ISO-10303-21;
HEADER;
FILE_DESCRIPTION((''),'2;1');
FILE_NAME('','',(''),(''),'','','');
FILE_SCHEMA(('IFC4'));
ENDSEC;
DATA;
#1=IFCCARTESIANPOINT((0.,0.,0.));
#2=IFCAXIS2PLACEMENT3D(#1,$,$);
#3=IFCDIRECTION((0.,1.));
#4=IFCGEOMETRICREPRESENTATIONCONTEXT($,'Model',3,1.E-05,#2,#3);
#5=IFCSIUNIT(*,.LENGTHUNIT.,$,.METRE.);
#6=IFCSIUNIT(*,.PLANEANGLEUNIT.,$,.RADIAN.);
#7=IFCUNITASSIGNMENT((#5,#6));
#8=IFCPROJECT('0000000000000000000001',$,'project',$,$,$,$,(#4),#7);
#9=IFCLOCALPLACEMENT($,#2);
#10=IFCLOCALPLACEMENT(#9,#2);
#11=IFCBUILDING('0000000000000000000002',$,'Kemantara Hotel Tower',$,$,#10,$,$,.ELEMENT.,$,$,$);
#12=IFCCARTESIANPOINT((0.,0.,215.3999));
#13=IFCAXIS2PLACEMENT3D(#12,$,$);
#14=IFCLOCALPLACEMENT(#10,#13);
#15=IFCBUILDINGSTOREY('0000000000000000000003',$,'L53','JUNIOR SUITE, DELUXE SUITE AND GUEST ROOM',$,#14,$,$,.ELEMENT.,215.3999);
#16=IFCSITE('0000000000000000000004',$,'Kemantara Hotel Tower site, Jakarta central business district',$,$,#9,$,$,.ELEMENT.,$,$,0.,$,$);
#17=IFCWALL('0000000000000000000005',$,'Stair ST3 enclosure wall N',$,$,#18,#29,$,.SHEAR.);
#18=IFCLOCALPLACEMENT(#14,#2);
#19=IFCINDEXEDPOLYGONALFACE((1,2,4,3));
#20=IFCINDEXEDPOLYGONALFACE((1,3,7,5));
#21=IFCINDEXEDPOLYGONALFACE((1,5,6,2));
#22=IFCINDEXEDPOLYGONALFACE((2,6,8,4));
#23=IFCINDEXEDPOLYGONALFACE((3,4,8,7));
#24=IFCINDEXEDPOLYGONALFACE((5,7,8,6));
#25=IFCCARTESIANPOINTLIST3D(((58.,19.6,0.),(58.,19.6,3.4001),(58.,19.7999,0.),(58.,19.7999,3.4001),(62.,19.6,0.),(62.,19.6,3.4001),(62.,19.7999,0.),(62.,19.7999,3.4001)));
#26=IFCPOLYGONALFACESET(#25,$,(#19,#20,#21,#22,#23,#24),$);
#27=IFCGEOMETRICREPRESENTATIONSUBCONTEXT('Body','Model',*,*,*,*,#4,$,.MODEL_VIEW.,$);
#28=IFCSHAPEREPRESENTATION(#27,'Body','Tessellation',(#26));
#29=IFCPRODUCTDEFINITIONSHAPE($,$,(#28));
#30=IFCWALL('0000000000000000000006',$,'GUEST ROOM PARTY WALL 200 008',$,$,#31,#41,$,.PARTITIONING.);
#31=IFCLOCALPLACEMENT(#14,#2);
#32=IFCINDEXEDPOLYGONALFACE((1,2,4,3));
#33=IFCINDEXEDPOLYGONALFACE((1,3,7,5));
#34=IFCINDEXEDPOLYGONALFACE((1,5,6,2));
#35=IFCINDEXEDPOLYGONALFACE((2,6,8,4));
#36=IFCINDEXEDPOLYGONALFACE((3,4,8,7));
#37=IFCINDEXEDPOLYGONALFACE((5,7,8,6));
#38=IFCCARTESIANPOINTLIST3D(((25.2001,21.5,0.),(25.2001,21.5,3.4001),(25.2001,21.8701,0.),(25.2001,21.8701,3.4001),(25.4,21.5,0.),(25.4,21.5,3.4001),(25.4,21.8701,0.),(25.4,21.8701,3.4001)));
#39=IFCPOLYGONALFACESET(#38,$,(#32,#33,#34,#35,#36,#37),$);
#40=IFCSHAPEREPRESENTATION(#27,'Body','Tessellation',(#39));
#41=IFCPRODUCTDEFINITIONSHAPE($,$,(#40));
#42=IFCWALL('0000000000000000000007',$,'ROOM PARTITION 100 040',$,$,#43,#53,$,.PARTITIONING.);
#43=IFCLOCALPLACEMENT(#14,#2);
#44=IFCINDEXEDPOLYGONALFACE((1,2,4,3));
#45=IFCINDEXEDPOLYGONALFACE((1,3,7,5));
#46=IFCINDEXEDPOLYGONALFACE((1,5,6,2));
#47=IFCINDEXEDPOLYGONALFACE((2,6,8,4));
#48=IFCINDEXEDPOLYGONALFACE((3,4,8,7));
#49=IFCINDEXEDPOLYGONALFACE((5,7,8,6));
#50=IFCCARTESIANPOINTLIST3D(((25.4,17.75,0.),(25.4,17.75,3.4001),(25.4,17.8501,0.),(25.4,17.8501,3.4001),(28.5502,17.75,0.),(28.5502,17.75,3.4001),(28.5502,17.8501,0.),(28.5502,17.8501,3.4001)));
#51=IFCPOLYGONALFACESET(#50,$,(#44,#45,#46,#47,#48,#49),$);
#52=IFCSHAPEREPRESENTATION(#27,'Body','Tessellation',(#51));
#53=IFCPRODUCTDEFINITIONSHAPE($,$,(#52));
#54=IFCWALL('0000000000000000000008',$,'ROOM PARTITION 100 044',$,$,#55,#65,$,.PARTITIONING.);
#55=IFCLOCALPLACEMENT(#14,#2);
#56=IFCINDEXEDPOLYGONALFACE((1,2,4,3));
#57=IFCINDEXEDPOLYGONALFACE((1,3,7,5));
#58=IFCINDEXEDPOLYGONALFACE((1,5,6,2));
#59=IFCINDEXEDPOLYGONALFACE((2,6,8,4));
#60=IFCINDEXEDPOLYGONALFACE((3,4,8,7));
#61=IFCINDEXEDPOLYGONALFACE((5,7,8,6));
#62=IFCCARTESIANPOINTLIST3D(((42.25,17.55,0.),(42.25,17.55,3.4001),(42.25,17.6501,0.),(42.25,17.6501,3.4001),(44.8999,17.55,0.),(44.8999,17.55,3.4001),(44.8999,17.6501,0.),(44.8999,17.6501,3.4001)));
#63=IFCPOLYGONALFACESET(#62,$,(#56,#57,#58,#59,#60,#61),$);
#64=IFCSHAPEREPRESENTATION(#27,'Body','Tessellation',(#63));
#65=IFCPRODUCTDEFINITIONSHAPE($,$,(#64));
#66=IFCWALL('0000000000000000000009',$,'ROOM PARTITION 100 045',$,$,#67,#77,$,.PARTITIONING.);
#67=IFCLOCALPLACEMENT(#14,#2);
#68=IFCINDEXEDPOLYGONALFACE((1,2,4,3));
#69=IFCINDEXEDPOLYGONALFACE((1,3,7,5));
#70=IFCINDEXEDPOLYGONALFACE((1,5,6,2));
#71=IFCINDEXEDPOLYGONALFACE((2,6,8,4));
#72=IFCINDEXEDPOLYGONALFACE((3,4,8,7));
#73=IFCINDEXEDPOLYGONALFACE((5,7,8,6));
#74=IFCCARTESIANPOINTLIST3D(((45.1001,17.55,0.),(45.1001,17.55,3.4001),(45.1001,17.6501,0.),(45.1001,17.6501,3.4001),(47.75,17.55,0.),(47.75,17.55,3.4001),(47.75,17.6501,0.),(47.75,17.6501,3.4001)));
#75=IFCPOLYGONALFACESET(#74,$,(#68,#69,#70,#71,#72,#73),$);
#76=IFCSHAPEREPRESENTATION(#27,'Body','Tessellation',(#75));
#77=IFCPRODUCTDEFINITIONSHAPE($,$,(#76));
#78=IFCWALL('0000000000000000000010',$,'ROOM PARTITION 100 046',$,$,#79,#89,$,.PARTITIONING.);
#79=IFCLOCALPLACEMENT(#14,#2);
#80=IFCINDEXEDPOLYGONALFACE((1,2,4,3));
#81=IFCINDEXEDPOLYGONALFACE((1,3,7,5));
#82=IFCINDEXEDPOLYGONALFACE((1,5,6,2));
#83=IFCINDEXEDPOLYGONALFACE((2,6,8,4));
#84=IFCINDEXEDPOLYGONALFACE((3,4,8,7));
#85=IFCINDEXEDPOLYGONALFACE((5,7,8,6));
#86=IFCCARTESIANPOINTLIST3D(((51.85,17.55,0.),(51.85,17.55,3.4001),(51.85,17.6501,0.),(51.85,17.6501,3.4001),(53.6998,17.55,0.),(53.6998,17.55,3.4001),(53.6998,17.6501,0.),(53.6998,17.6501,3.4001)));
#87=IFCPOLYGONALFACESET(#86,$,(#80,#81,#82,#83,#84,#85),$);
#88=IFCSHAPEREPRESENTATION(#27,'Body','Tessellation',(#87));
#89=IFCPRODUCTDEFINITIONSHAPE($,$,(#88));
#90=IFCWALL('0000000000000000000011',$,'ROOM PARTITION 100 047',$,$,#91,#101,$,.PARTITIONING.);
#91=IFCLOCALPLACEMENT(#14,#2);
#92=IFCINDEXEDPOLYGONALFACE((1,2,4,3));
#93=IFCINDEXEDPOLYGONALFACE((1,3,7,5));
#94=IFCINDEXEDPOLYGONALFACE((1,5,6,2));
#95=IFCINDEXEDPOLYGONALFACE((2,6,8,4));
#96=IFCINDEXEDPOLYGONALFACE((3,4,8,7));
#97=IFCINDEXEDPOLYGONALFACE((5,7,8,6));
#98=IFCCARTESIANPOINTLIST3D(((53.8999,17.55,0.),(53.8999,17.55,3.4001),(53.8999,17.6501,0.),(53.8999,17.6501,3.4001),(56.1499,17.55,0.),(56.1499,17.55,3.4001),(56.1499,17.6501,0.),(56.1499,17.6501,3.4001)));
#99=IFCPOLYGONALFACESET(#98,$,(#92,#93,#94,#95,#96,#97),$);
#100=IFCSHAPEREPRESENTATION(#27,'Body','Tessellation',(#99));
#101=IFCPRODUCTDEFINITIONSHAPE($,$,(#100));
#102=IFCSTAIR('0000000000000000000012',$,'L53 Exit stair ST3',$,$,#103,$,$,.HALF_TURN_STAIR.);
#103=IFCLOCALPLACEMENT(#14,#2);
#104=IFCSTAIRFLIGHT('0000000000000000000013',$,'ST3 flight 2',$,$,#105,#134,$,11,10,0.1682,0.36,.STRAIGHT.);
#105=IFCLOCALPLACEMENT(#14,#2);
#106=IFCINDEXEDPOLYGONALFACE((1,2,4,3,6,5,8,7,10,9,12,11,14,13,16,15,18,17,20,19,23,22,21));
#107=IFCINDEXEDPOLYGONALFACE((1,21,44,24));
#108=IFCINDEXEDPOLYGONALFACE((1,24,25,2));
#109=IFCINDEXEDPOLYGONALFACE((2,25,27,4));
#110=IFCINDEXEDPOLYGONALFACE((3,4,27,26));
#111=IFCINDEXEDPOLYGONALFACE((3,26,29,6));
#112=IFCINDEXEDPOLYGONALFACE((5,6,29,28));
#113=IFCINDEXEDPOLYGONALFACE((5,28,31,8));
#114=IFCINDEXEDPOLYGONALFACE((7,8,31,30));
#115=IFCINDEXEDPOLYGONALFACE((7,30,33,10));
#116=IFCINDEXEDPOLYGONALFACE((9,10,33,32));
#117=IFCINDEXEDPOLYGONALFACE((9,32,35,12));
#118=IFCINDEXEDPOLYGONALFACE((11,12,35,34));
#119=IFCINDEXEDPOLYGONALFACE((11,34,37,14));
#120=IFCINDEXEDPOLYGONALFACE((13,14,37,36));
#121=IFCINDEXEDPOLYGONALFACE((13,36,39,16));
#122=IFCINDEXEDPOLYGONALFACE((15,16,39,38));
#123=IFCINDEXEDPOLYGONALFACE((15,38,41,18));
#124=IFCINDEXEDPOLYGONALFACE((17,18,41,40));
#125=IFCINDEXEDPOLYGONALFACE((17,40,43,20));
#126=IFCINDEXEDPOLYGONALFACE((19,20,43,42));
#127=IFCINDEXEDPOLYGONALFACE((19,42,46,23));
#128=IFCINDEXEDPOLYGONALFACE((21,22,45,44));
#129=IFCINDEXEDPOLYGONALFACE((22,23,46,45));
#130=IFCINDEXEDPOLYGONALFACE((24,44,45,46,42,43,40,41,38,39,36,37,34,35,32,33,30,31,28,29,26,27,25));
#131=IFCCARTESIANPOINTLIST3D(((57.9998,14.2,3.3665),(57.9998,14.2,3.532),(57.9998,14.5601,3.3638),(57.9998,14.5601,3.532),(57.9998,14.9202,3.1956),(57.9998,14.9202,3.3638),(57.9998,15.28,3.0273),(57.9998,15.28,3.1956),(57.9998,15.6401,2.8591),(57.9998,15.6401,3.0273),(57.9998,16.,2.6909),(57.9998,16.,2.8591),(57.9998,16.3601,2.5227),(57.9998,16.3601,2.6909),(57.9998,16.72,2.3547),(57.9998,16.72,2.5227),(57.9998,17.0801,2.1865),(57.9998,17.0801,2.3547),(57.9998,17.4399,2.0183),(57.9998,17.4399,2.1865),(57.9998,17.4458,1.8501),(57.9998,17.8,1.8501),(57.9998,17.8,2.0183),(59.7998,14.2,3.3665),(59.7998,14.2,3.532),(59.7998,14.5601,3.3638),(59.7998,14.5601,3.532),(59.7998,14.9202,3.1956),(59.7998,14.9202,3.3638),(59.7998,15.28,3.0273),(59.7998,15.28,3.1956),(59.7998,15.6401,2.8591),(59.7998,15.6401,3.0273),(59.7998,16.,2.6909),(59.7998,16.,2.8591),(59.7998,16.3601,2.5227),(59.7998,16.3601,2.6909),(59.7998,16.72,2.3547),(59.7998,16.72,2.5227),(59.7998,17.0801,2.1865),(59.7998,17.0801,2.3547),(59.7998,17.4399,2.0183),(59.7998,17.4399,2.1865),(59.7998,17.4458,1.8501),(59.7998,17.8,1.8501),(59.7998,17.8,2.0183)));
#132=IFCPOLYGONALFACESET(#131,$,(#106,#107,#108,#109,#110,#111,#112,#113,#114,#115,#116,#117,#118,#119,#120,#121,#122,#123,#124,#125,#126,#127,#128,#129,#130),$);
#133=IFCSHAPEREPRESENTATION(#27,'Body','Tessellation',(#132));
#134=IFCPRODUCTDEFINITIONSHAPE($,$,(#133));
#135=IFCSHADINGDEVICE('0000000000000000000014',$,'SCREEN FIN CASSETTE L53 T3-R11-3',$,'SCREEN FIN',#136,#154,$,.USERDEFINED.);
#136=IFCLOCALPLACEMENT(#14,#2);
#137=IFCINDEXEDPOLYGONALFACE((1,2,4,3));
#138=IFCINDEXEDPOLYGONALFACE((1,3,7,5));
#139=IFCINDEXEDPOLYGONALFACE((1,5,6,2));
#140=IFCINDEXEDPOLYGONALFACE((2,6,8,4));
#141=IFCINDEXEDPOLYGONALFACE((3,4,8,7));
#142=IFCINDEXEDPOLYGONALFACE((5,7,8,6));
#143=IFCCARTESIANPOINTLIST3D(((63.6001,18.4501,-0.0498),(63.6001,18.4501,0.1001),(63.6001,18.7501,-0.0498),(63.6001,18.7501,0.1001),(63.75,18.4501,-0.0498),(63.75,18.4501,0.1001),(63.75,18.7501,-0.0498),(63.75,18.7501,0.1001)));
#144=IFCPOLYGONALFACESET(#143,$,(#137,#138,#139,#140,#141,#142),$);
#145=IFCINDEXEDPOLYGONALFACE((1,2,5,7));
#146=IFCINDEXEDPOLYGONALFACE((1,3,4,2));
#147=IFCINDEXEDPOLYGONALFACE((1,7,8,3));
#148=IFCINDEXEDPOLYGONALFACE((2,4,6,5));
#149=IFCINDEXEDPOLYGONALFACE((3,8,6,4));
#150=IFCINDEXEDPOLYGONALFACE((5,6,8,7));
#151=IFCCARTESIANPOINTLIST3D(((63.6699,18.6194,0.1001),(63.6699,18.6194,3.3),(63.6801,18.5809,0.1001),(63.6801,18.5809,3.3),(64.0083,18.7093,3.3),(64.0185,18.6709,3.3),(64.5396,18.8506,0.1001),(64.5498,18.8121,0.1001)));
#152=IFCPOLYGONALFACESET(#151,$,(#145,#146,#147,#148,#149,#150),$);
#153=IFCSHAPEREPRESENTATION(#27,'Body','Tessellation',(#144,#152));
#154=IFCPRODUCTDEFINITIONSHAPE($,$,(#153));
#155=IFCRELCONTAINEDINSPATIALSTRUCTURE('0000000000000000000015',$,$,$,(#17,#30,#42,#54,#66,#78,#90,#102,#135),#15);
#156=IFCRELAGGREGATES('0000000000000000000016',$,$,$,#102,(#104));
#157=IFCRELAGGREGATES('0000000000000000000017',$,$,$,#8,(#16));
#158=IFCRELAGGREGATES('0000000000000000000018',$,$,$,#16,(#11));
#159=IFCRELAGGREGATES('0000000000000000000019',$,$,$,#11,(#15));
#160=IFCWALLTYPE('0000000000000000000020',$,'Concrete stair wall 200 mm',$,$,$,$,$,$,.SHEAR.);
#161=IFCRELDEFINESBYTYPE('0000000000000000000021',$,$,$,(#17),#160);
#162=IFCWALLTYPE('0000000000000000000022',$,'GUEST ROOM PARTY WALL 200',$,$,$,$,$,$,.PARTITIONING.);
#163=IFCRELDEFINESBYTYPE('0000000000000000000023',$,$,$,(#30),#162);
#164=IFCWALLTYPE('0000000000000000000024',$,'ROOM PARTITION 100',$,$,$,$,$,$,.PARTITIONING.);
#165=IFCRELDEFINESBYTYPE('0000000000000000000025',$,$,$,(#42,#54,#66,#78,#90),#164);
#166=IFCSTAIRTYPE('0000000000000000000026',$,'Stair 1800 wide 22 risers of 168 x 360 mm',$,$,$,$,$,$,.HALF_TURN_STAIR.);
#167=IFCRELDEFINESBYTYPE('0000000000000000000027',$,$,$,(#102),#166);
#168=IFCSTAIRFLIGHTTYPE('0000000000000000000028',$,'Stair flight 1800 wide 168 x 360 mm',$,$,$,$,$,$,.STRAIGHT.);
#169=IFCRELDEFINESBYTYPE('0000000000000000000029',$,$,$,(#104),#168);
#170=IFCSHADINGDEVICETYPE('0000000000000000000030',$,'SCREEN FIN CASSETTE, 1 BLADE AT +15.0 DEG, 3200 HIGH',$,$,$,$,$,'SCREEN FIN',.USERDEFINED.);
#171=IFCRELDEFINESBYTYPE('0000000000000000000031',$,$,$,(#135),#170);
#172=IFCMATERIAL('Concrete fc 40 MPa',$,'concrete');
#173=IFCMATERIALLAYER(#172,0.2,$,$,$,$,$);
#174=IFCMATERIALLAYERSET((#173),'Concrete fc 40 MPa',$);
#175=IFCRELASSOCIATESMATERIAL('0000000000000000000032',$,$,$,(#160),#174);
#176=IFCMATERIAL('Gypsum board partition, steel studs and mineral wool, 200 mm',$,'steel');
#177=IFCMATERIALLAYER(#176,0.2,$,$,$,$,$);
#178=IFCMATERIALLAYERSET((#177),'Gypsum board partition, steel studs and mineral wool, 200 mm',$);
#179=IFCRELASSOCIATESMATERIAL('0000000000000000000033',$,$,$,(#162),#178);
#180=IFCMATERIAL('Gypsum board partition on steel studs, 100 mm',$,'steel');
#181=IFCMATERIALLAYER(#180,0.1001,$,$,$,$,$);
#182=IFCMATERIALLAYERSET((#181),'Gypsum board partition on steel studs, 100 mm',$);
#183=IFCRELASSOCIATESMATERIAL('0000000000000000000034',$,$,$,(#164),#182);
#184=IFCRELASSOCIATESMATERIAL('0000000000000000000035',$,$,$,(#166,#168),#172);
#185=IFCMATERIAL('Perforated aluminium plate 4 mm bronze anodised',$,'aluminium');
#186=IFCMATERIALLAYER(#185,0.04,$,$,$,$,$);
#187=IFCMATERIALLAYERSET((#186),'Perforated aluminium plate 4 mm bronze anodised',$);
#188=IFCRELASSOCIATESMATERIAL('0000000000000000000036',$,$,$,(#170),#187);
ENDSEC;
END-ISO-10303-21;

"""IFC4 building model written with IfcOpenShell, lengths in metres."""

from ifc_helpers import new_model, si_unit, direction, frame, frame_2d, origin, origin_2d, place, context, subcontext, project, spatial, polyline, rectangle, outline, extrude, source, transform, mapped, material, layer, layer_set, type_object, element, aggregate, save


model = new_model("IFC4")

# Units and contexts
model_context = context("Model", 3, precision=1e-05, world=origin(), true_north=direction((0.0, 1.0)))
body_context = subcontext(model_context, "Body", "Model", "MODEL_VIEW")
ifc_project = project(units=[si_unit("LENGTHUNIT", "METRE"), si_unit("PLANEANGLEUNIT", "RADIAN")], contexts=[model_context])

# Site, building, storey
site_placement = place(None, origin())
site = spatial("IfcSite", under=ifc_project, at=site_placement, Name="Kemantara Hotel Tower site, Jakarta central business district", CompositionType="ELEMENT", RefElevation=0.0)
building_placement = place(site_placement, origin())
building = spatial("IfcBuilding", under=site, at=building_placement, Name="Kemantara Hotel Tower", CompositionType="ELEMENT")
storey_placement = place(building_placement, frame((0.0, 0.0, 215.3999)))
storey = spatial("IfcBuildingStorey", under=building, at=storey_placement, Name="L53", Description="JUNIOR SUITE, DELUXE SUITE AND GUEST ROOM", CompositionType="ELEMENT", Elevation=215.3999)

# Walls
ifc_material_1 = material(Name="Concrete fc 40 MPa", Category="concrete")
ifc_layer_1 = layer(ifc_material_1, 0.2)
ifc_layer_set_1 = layer_set([ifc_layer_1], Name="Concrete fc 40 MPa")
wall_type_1 = type_object("IfcWallType", Name="Concrete stair wall 200 mm", PredefinedType="SHEAR", material=ifc_layer_set_1)
wall_1_placement = place(storey_placement, frame((58.0, 19.7, 0.0), z_axis=(0.0, 0.0, 1.0), x_axis=(1.0, 0.0, 0.0)))
element("IfcWall", 1, at=wall_1_placement, inside=storey, type_object=wall_type_1, Name="Stair ST3 enclosure wall N", PredefinedType="SHEAR", context=body_context, shape_type="SweptSolid", body=[
    extrude(rectangle(XDim=4.0, YDim=0.2, at=frame_2d((2.0, 0.0))), origin(), (0.0, 0.0, 1.0), 3.4001),
])
ifc_material_2 = material(Name="Gypsum board partition, steel studs and mineral wool, 200 mm", Category="steel")
ifc_layer_2 = layer(ifc_material_2, 0.2)
ifc_layer_set_2 = layer_set([ifc_layer_2], Name="Gypsum board partition, steel studs and mineral wool, 200 mm")
wall_type_2 = type_object("IfcWallType", Name="GUEST ROOM PARTY WALL 200", PredefinedType="PARTITIONING", material=ifc_layer_set_2)
wall_2_placement = place(storey_placement, frame((25.3, 21.5, 0.0), z_axis=(0.0, 0.0, 1.0), x_axis=(0.0, 1.0, 0.0)))
element("IfcWall", 2, at=wall_2_placement, inside=storey, type_object=wall_type_2, Name="GUEST ROOM PARTY WALL 200 008", PredefinedType="PARTITIONING", context=body_context, shape_type="SweptSolid", body=[
    extrude(rectangle(XDim=0.3701, YDim=0.2, at=frame_2d((0.1851, 0.0))), origin(), (0.0, 0.0, 1.0), 3.4001),
])
ifc_material_3 = material(Name="Gypsum board partition on steel studs, 100 mm", Category="steel")
ifc_layer_3 = layer(ifc_material_3, 0.1001)
ifc_layer_set_3 = layer_set([ifc_layer_3], Name="Gypsum board partition on steel studs, 100 mm")
wall_type_3 = type_object("IfcWallType", Name="ROOM PARTITION 100", PredefinedType="PARTITIONING", material=ifc_layer_set_3)
wall_3_placement = place(storey_placement, frame((25.3999, 17.8, 0.0), z_axis=(0.0, 0.0, 1.0), x_axis=(1.0, 0.0, 0.0)))
element("IfcWall", 3, at=wall_3_placement, inside=storey, type_object=wall_type_3, Name="ROOM PARTITION 100 040", PredefinedType="PARTITIONING", context=body_context, shape_type="SweptSolid", body=[
    extrude(rectangle(XDim=3.1501, YDim=0.1001, at=frame_2d((1.5752, 0.0))), origin(), (0.0, 0.0, 1.0), 3.4001),
])
for number, where, z_axis, x_axis, name in (
    (4, (42.25, 17.6001, 0.0), (0.0, 0.0, 1.0), (1.0, 0.0, 0.0), "ROOM PARTITION 100 044"),
    (5, (45.1001, 17.6001, 0.0), (0.0, 0.0, 1.0), (1.0, 0.0, 0.0), "ROOM PARTITION 100 045"),
):
    element("IfcWall", number, at=place(storey_placement, frame(where, z_axis=z_axis, x_axis=x_axis)), inside=storey, type_object=wall_type_3, Name=name, PredefinedType="PARTITIONING", context=body_context, shape_type="SweptSolid", body=[
        extrude(rectangle(XDim=2.6499, YDim=0.1001, at=frame_2d((1.325, 0.0))), origin(), (0.0, 0.0, 1.0), 3.4001),
    ])
wall_4_placement = place(storey_placement, frame((51.8501, 17.6001, 0.0), z_axis=(0.0, 0.0, 1.0), x_axis=(1.0, 0.0, 0.0)))
element("IfcWall", 6, at=wall_4_placement, inside=storey, type_object=wall_type_3, Name="ROOM PARTITION 100 046", PredefinedType="PARTITIONING", context=body_context, shape_type="SweptSolid", body=[
    extrude(rectangle(XDim=1.8499, YDim=0.1001, at=frame_2d((0.9248, 0.0))), origin(), (0.0, 0.0, 1.0), 3.4001),
])
wall_5_placement = place(storey_placement, frame((53.8999, 17.6001, 0.0), z_axis=(0.0, 0.0, 1.0), x_axis=(1.0, 0.0, 0.0)))
element("IfcWall", 7, at=wall_5_placement, inside=storey, type_object=wall_type_3, Name="ROOM PARTITION 100 047", PredefinedType="PARTITIONING", context=body_context, shape_type="SweptSolid", body=[
    extrude(rectangle(XDim=2.25, YDim=0.1001, at=frame_2d((1.125, 0.0))), origin(), (0.0, 0.0, 1.0), 3.4001),
])

# Stair, stair flight
stair_type = type_object("IfcStairType", Name="Stair 1800 wide 22 risers of 168 x 360 mm", PredefinedType="HALF_TURN_STAIR", material=ifc_material_1)
stair_placement = place(storey_placement, origin())
stair = element("IfcStair", 8, at=stair_placement, inside=storey, type_object=stair_type, Name="L53 Exit stair ST3", PredefinedType="HALF_TURN_STAIR")
stair_flight_type = type_object("IfcStairFlightType", Name="Stair flight 1800 wide 168 x 360 mm", PredefinedType="STRAIGHT", material=ifc_material_1)
stair_flight_placement = place(storey_placement, frame((58.8999, 17.8, 1.8501), z_axis=(0.0, 0.0, 1.0), x_axis=(0.0, -1.0, 0.0)))
stair_flight = element("IfcStairFlight", 9, at=stair_flight_placement, type_object=stair_flight_type, Name="ST3 flight 2", NumberOfRisers=11, NumberOfTreads=10, PredefinedType="STRAIGHT", RiserHeight=0.1682, TreadLength=0.36, context=body_context, shape_type="SweptSolid", body=[
    extrude(outline(polyline([(0.0, 0.0), (0.0, 0.1682), (0.3601, 0.1682), (0.3601, 0.3364), (0.72, 0.3364), (0.72, 0.5046), (1.0801, 0.5046), (1.0801, 0.6726), (1.4399, 0.6726), (1.4399, 0.8408), (1.8, 0.8408), (1.8, 1.009), (2.1599, 1.009), (2.1599, 1.1772), (2.52, 1.1772), (2.52, 1.3455), (2.8799, 1.3455), (2.8799, 1.5137), (3.24, 1.5137), (3.24, 1.6819), (3.6001, 1.6819), (3.6001, 1.8501), (3.6001, 1.5164), (0.3542, 0.0), (0.0, 0.0)])), frame((0.0, 0.8999, 0.0), z_axis=(0.0, -1.0, 0.0), x_axis=(1.0, 0.0, 0.0)), (0.0, 0.0, 1.0), 1.8),
])
aggregate(stair, [stair_flight])

# Shading device
ifc_material_4 = material(Name="Perforated aluminium plate 4 mm bronze anodised", Category="aluminium")
ifc_layer_4 = layer(ifc_material_4, 0.04)
ifc_layer_set_4 = layer_set([ifc_layer_4], Name="Perforated aluminium plate 4 mm bronze anodised")
shading_device_type = type_object("IfcShadingDeviceType", Name="SCREEN FIN CASSETTE, 1 BLADE AT +15.0 DEG, 3200 HIGH", ElementType="SCREEN FIN", PredefinedType="USERDEFINED", material=ifc_layer_set_4)
shared_shape_1 = source(origin(), body_context, "Body", "SweptSolid", [
    extrude(rectangle(XDim=0.3, YDim=0.1499, at=origin_2d()), frame((0.0, -0.075, -0.1499), z_axis=(0.0, 0.0, 1.0), x_axis=(1.0, 0.0, 0.0)), (0.0, 0.0, 1.0), 0.1499),
    extrude(outline(polyline([(0.0, 0.0), (0.8999, 0.0), (0.3501, 3.2), (0.0, 3.2), (0.0, 0.0)])), frame((0.0193, -0.0698, 0.0), z_axis=(-0.966438, -0.256901, 0.0), x_axis=(0.256901, -0.966438, 0.0)), (0.0, 0.0, 1.0), 0.0398),
])
shading_device_placement = place(storey_placement, frame((63.6001, 18.6001, 0.1001), z_axis=(0.0, 0.0, 1.0), x_axis=(0.0, 1.0, 0.0)))
element("IfcShadingDevice", 10, at=shading_device_placement, inside=storey, type_object=shading_device_type, Name="SCREEN FIN CASSETTE L53 T3-R11-3", ObjectType="SCREEN FIN", PredefinedType="USERDEFINED", context=body_context, shape_type="MappedRepresentation", body=[
    mapped(shared_shape_1, transform((0.0, 0.0, 0.0))),
])

save(model, "model.ifc")
